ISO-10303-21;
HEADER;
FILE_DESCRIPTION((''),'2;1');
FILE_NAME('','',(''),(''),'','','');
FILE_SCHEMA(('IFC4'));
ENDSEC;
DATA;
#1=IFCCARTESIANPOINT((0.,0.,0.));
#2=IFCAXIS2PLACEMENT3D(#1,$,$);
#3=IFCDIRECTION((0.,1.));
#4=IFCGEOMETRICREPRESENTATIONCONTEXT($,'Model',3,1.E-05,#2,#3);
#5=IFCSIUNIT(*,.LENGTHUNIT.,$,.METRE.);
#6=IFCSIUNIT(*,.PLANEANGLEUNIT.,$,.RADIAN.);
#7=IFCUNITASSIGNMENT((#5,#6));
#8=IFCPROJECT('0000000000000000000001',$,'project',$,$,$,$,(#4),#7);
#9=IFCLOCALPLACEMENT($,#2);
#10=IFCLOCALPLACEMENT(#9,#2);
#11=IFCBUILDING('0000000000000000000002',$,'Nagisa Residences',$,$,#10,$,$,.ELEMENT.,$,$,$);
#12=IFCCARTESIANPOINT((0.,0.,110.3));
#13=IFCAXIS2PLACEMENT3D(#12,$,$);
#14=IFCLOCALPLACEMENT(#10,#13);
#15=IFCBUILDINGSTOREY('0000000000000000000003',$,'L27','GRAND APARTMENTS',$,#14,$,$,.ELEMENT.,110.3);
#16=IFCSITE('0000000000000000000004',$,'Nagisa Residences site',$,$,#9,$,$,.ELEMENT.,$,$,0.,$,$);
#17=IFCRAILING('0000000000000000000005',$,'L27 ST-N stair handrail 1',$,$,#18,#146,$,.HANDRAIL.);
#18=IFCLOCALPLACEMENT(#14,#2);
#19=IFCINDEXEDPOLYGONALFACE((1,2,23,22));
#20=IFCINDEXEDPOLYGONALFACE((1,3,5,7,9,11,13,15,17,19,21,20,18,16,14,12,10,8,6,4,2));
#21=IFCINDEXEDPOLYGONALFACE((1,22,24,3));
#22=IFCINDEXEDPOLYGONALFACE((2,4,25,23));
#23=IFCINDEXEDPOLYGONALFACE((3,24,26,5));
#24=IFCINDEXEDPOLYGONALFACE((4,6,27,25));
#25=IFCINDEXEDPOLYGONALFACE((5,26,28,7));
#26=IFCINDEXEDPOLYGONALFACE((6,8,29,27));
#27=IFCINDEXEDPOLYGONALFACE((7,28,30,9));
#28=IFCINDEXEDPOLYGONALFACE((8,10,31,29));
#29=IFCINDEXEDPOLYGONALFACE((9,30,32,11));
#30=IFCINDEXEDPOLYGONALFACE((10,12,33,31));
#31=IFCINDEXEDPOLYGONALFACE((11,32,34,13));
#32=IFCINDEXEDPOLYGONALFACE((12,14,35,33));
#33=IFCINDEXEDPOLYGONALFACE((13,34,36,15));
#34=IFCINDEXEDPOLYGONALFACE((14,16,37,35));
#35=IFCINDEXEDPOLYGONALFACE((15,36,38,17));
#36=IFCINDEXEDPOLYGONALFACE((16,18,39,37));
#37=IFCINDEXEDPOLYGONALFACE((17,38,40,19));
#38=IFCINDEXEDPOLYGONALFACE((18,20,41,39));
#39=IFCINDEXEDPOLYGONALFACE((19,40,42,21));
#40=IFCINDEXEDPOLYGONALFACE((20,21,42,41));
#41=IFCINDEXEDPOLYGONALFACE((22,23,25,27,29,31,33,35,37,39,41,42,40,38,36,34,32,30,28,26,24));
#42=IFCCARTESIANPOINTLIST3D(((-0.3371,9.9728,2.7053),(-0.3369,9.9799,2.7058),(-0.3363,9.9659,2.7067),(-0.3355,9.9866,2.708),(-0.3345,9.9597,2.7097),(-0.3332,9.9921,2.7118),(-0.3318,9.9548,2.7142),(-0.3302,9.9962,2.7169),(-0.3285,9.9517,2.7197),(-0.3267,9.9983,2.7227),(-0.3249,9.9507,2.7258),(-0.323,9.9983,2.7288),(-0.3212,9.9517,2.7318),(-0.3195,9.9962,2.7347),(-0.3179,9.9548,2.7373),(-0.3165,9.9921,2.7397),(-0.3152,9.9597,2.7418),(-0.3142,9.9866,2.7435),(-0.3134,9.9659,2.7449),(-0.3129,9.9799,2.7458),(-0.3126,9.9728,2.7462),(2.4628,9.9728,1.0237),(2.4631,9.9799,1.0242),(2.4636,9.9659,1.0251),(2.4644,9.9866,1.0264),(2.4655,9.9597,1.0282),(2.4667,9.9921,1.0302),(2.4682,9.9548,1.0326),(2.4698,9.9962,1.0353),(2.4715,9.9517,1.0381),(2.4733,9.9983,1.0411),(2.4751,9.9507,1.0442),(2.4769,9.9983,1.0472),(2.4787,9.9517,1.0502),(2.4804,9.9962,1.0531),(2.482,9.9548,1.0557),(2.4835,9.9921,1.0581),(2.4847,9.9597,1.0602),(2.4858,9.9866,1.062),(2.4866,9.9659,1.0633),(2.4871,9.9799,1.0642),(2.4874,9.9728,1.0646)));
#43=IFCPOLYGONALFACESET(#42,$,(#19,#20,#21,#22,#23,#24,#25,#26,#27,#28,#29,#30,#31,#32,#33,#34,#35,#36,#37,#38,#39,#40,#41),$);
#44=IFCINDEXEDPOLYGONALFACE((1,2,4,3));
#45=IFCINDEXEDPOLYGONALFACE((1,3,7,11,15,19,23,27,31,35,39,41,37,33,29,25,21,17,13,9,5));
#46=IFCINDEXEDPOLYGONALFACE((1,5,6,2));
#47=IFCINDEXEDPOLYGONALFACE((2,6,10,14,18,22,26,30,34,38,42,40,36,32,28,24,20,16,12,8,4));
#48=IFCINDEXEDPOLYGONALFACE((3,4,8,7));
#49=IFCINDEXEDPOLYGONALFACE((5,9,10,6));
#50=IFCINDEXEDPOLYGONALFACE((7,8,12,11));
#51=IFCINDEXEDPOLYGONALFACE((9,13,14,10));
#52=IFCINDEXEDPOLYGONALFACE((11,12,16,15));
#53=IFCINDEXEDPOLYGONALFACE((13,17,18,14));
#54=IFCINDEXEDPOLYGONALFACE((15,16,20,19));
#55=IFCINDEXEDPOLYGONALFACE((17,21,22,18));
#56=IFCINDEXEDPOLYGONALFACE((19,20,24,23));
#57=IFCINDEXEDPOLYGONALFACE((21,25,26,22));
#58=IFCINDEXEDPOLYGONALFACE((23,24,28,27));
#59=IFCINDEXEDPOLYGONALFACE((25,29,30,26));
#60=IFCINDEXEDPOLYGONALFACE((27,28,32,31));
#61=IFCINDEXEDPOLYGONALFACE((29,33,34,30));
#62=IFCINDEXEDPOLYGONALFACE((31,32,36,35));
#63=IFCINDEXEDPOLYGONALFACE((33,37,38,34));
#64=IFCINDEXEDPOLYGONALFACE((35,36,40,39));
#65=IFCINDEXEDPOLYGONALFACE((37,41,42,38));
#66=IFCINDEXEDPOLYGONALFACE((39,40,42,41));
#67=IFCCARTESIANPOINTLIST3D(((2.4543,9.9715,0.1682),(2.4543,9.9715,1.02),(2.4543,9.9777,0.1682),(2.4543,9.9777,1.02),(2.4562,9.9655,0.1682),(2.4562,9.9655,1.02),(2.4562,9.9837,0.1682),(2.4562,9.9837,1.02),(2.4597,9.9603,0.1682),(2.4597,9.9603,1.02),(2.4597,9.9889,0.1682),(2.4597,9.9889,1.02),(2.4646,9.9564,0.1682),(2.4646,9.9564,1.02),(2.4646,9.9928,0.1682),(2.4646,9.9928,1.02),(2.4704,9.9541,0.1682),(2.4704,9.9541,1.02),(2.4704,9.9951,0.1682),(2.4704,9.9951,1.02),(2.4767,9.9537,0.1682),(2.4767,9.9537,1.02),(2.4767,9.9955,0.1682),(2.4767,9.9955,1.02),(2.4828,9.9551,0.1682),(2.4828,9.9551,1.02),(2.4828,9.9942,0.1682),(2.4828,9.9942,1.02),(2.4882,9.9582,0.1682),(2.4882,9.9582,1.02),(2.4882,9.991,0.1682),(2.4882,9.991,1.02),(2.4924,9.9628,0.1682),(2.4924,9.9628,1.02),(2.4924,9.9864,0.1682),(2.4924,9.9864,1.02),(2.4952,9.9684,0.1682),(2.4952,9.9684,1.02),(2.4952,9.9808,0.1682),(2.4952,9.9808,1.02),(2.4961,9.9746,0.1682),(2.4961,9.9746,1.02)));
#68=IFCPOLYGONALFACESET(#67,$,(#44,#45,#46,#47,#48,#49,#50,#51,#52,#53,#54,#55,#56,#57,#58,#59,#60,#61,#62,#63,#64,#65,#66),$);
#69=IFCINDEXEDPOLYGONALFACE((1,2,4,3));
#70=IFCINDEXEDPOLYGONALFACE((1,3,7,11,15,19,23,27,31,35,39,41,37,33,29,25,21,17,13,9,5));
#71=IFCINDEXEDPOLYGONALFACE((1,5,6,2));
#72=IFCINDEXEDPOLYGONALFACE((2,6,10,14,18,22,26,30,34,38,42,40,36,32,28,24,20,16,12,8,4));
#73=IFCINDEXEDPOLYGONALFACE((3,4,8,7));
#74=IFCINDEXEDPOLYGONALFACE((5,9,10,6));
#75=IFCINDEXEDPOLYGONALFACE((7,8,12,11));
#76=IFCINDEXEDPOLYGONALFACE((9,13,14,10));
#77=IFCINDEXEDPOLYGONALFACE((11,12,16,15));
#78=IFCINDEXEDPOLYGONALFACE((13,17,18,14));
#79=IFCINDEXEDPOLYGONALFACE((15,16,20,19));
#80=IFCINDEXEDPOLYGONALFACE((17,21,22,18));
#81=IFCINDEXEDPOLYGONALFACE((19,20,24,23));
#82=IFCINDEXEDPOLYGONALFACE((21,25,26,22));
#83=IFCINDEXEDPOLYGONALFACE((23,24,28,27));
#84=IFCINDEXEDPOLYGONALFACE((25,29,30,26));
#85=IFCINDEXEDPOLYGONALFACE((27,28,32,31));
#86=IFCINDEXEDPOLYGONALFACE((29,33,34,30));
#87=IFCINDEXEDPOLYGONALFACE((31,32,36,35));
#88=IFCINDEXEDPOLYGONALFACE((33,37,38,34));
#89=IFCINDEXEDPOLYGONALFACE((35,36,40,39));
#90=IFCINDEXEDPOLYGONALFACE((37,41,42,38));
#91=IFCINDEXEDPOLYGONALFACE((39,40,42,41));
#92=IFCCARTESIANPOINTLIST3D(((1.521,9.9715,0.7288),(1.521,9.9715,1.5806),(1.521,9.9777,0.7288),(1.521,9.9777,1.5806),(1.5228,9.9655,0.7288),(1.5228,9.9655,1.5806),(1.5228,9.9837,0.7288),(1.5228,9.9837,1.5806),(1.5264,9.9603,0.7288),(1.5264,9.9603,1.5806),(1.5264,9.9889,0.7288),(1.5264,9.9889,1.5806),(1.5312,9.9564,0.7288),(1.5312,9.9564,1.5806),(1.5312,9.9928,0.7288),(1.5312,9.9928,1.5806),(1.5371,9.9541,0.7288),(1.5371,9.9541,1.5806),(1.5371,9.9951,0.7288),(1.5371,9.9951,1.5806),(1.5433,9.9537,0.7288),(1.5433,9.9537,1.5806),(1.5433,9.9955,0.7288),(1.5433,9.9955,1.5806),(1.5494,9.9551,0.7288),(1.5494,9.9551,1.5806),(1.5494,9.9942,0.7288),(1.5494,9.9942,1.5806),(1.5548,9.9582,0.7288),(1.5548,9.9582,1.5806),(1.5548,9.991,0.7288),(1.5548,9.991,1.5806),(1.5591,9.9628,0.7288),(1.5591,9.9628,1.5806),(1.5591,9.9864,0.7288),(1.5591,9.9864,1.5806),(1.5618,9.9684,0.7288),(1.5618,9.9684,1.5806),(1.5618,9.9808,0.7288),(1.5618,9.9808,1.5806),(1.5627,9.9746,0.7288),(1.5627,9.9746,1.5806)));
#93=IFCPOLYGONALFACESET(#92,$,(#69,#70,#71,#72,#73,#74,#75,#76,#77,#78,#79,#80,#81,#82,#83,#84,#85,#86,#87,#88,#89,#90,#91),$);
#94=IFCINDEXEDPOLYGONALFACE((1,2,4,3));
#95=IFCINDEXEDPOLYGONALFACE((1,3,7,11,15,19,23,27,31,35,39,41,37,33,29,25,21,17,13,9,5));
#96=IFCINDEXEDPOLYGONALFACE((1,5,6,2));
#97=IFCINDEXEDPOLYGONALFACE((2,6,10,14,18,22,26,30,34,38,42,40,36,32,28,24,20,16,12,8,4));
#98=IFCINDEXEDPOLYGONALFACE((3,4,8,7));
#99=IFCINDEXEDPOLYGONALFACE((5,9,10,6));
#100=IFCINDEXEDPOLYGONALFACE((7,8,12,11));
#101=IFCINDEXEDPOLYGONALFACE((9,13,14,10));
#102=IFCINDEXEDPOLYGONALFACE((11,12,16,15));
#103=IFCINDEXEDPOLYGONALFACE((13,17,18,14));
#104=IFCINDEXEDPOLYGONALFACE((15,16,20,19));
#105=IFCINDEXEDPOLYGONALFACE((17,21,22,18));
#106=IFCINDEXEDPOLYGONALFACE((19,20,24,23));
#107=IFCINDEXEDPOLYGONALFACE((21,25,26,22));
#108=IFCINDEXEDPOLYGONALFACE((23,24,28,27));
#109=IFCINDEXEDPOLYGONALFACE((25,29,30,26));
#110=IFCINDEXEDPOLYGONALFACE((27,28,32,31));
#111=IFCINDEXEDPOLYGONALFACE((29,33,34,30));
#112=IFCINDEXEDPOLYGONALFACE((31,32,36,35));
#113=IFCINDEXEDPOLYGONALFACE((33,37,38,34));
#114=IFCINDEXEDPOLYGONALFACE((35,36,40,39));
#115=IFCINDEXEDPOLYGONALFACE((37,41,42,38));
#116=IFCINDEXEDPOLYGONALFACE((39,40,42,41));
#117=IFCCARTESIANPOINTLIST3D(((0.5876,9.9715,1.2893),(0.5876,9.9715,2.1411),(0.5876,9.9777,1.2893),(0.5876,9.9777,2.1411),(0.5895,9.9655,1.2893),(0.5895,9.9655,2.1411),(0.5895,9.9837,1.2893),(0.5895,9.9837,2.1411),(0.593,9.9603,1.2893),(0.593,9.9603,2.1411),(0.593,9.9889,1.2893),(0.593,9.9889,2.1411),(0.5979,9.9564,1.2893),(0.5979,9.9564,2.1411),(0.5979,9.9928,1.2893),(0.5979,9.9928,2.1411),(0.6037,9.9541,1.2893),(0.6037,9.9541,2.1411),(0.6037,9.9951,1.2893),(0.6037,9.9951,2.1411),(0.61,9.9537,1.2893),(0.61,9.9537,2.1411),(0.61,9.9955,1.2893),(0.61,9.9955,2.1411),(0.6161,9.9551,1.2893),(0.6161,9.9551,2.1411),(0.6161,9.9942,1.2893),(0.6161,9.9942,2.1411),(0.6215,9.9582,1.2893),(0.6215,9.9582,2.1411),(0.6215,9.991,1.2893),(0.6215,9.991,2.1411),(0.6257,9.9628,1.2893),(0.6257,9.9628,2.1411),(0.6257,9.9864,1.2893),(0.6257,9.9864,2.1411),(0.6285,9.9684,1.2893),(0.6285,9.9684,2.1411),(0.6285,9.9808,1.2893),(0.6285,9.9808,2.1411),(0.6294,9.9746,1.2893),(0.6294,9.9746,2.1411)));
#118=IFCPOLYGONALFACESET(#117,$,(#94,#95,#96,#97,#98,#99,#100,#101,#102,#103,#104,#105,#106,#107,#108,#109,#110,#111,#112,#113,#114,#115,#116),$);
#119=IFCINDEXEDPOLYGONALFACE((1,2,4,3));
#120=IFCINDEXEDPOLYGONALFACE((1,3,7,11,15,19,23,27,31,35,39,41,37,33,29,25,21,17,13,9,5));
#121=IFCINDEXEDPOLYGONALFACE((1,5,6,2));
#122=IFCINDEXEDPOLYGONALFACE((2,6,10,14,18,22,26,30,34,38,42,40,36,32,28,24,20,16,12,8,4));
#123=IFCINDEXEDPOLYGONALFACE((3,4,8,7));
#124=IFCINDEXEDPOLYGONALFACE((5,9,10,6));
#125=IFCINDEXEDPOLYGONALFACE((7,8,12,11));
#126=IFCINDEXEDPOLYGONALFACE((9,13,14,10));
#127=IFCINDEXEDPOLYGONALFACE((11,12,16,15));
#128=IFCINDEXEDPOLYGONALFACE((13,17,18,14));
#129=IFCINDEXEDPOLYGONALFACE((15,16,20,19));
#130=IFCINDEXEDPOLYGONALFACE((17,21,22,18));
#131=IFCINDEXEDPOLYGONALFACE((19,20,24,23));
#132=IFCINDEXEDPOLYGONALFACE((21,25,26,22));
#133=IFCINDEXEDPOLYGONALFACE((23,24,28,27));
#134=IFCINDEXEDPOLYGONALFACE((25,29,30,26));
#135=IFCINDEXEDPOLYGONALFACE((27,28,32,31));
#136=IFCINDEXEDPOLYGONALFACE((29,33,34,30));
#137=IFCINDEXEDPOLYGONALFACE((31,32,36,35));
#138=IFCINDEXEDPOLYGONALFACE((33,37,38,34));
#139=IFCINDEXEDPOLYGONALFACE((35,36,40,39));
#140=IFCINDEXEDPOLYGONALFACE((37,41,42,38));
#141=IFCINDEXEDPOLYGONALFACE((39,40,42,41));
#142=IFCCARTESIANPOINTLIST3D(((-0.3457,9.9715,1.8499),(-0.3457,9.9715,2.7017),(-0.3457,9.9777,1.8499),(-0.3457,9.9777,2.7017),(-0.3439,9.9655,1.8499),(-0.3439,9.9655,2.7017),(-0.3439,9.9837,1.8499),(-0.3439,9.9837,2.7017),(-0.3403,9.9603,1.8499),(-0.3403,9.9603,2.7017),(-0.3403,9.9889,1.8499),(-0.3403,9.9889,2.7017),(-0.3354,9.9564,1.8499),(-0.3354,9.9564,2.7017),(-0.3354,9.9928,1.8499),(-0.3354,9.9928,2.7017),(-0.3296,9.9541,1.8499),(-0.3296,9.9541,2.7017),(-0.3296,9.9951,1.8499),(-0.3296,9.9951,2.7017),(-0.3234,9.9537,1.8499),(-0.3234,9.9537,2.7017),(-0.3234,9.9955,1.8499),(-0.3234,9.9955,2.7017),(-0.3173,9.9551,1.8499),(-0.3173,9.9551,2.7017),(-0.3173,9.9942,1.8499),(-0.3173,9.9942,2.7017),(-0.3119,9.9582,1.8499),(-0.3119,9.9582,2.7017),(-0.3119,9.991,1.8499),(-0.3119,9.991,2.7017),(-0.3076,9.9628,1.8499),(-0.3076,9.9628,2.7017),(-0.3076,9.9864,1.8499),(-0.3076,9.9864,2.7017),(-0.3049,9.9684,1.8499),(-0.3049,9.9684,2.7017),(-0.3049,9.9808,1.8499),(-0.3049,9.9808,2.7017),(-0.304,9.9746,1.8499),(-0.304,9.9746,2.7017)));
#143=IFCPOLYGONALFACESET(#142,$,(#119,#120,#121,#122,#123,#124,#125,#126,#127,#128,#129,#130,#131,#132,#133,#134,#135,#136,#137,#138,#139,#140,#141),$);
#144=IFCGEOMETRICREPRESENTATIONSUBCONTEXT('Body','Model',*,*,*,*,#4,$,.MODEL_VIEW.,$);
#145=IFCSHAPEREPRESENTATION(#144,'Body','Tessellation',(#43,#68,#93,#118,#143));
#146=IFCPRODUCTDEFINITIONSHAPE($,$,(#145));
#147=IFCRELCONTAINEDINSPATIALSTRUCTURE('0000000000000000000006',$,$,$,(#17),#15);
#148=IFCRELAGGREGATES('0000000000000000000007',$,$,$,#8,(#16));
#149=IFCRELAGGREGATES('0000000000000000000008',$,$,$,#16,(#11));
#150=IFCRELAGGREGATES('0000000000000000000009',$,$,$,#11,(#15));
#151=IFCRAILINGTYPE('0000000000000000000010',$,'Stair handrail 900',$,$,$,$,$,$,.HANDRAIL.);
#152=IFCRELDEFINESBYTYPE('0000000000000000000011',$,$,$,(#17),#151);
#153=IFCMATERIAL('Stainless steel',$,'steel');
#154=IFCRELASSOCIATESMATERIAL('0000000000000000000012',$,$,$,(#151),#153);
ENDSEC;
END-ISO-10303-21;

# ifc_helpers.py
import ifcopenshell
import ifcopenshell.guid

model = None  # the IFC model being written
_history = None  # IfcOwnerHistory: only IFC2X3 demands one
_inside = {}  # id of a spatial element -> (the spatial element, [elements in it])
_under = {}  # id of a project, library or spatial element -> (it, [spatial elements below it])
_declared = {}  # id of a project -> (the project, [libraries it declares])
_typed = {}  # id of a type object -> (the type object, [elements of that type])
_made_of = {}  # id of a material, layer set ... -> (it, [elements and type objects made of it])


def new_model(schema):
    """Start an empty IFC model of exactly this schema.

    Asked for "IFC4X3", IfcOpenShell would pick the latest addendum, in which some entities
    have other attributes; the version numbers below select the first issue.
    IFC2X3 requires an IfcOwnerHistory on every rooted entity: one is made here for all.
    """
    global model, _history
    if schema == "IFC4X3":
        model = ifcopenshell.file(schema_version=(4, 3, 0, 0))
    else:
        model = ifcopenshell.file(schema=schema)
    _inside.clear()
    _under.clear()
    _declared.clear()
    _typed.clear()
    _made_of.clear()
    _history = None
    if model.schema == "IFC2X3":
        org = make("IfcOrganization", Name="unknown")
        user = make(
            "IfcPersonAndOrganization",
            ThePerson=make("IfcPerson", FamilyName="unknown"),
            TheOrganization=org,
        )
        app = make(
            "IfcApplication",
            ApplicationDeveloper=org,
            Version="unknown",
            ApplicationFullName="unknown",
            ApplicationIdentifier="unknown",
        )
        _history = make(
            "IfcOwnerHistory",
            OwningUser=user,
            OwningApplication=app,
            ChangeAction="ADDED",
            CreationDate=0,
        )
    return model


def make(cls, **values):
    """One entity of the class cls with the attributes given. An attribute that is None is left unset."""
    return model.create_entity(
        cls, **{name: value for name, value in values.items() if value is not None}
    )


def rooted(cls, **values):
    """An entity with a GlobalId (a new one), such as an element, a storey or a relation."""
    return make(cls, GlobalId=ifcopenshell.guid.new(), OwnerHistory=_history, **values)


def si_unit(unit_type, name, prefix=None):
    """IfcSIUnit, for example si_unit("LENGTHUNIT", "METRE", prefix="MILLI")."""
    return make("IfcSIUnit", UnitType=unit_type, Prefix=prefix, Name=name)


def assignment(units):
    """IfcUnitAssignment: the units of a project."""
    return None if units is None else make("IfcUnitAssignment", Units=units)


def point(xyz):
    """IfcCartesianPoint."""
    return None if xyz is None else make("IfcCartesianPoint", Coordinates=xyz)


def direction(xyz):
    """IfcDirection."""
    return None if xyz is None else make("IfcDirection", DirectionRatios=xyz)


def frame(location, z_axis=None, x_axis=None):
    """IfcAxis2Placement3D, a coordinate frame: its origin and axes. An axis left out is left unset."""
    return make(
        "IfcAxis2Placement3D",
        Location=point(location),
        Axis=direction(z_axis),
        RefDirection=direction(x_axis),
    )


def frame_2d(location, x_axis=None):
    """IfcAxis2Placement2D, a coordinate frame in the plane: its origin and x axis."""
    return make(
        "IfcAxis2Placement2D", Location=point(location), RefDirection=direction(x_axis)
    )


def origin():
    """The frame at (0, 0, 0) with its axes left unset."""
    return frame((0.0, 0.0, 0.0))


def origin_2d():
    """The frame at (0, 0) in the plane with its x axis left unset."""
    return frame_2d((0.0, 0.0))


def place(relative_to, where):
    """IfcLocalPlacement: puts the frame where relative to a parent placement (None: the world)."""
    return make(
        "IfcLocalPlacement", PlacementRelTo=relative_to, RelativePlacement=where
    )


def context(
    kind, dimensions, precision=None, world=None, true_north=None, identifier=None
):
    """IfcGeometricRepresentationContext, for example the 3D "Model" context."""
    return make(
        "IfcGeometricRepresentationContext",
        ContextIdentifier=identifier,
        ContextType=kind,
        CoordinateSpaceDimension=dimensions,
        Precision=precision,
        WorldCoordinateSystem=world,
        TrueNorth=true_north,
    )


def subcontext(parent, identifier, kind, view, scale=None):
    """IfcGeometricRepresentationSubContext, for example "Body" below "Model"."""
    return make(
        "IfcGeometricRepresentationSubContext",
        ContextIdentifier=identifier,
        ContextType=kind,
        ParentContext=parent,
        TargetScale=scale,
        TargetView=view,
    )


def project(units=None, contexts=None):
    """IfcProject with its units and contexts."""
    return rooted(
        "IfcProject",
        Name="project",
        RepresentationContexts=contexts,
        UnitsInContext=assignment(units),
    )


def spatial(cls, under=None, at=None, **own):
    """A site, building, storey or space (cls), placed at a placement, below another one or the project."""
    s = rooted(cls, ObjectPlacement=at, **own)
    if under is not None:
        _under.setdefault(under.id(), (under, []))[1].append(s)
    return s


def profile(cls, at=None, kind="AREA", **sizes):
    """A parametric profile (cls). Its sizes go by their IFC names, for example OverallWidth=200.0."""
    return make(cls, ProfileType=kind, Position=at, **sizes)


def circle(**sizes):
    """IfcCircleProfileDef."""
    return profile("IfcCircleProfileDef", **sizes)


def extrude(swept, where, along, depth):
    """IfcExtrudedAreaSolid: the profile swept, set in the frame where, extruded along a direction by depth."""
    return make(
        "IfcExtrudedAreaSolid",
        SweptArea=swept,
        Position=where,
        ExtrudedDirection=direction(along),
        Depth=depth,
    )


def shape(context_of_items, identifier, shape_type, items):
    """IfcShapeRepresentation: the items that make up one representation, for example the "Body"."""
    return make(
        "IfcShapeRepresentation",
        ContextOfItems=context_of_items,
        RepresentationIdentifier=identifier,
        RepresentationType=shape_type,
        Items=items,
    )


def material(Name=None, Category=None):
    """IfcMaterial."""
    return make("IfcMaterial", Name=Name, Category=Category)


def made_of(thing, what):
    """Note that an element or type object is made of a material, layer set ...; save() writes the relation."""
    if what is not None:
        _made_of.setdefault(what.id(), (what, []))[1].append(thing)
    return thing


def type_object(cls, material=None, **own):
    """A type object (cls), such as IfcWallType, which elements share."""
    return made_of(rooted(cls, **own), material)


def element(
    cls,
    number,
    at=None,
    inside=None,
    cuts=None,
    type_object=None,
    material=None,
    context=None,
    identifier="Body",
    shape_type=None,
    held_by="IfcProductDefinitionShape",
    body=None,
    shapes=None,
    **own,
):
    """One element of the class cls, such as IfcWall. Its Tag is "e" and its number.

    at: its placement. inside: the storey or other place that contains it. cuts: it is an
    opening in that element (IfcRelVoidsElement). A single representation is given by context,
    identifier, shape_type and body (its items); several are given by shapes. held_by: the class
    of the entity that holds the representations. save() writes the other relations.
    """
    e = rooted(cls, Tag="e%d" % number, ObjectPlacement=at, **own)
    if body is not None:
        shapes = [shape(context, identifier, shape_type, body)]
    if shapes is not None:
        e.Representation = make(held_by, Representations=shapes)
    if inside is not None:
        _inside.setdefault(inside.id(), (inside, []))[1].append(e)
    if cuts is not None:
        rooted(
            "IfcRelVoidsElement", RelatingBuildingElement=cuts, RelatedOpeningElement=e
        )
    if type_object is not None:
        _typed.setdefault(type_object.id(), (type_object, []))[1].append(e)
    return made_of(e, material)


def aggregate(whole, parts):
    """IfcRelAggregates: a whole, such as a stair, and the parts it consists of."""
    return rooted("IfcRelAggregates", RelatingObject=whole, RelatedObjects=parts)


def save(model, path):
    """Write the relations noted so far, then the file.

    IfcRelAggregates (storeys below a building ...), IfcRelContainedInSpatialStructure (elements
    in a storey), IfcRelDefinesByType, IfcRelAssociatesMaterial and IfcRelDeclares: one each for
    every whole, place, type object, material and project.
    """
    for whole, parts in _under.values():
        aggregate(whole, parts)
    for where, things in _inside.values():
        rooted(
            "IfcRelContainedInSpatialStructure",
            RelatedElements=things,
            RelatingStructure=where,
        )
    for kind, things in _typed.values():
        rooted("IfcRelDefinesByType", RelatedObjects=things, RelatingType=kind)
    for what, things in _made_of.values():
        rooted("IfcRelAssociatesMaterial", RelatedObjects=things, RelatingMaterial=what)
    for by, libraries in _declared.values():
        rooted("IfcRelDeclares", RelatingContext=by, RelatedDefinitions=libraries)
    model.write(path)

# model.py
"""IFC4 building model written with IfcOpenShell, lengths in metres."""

from ifc_helpers import new_model, si_unit, direction, frame, origin, origin_2d, place, context, subcontext, project, spatial, circle, extrude, material, type_object, element, save


model = new_model("IFC4")

# Units and contexts
model_context = context("Model", 3, precision=1e-05, world=origin(), true_north=direction((0.0, 1.0)))
body_context = subcontext(model_context, "Body", "Model", "MODEL_VIEW")
ifc_project = project(units=[si_unit("LENGTHUNIT", "METRE"), si_unit("PLANEANGLEUNIT", "RADIAN")], contexts=[model_context])

# Site, building, storey
site_placement = place(None, origin())
site = spatial("IfcSite", under=ifc_project, at=site_placement, Name="Nagisa Residences site", CompositionType="ELEMENT", RefElevation=0.0)
building_placement = place(site_placement, origin())
building = spatial("IfcBuilding", under=site, at=building_placement, Name="Nagisa Residences", CompositionType="ELEMENT")
storey_placement = place(building_placement, frame((0.0, 0.0, 110.3)))
storey = spatial("IfcBuildingStorey", under=building, at=storey_placement, Name="L27", Description="GRAND APARTMENTS", CompositionType="ELEMENT", Elevation=110.3)

# Railing
ifc_material_1 = material(Name="Stainless steel", Category="steel")
railing_type_1 = type_object("IfcRailingType", Name="Stair handrail 900", PredefinedType="HANDRAIL", material=ifc_material_1)
railing_1_placement = place(storey_placement, frame((2.4751, 9.9746, 0.1682)))
element("IfcRailing", 1, at=railing_1_placement, inside=storey, type_object=railing_type_1, Name="L27 ST-N stair handrail 1", PredefinedType="HANDRAIL", context=body_context, shape_type="SweptSolid", body=[
    extrude(circle(Radius=0.0239, at=origin_2d()), frame((0.0, 0.0, 0.876), z_axis=(-0.857275, 0.0, 0.514858), x_axis=(0.0, -1.0, 0.0)), (0.0, 0.0, 1.0), 3.2661),
    extrude(circle(Radius=0.021, at=origin_2d()), origin(), (0.0, 0.0, 1.0), 0.8518),
    extrude(circle(Radius=0.021, at=origin_2d()), frame((-0.9333, 0.0, 0.5605)), (0.0, 0.0, 1.0), 0.8518),
    extrude(circle(Radius=0.021, at=origin_2d()), frame((-1.8667, 0.0, 1.1211)), (0.0, 0.0, 1.0), 0.8518),
    extrude(circle(Radius=0.021, at=origin_2d()), frame((-2.8, 0.0, 1.6816)), (0.0, 0.0, 1.0), 0.8518),
])

save(model, "model.ifc")
